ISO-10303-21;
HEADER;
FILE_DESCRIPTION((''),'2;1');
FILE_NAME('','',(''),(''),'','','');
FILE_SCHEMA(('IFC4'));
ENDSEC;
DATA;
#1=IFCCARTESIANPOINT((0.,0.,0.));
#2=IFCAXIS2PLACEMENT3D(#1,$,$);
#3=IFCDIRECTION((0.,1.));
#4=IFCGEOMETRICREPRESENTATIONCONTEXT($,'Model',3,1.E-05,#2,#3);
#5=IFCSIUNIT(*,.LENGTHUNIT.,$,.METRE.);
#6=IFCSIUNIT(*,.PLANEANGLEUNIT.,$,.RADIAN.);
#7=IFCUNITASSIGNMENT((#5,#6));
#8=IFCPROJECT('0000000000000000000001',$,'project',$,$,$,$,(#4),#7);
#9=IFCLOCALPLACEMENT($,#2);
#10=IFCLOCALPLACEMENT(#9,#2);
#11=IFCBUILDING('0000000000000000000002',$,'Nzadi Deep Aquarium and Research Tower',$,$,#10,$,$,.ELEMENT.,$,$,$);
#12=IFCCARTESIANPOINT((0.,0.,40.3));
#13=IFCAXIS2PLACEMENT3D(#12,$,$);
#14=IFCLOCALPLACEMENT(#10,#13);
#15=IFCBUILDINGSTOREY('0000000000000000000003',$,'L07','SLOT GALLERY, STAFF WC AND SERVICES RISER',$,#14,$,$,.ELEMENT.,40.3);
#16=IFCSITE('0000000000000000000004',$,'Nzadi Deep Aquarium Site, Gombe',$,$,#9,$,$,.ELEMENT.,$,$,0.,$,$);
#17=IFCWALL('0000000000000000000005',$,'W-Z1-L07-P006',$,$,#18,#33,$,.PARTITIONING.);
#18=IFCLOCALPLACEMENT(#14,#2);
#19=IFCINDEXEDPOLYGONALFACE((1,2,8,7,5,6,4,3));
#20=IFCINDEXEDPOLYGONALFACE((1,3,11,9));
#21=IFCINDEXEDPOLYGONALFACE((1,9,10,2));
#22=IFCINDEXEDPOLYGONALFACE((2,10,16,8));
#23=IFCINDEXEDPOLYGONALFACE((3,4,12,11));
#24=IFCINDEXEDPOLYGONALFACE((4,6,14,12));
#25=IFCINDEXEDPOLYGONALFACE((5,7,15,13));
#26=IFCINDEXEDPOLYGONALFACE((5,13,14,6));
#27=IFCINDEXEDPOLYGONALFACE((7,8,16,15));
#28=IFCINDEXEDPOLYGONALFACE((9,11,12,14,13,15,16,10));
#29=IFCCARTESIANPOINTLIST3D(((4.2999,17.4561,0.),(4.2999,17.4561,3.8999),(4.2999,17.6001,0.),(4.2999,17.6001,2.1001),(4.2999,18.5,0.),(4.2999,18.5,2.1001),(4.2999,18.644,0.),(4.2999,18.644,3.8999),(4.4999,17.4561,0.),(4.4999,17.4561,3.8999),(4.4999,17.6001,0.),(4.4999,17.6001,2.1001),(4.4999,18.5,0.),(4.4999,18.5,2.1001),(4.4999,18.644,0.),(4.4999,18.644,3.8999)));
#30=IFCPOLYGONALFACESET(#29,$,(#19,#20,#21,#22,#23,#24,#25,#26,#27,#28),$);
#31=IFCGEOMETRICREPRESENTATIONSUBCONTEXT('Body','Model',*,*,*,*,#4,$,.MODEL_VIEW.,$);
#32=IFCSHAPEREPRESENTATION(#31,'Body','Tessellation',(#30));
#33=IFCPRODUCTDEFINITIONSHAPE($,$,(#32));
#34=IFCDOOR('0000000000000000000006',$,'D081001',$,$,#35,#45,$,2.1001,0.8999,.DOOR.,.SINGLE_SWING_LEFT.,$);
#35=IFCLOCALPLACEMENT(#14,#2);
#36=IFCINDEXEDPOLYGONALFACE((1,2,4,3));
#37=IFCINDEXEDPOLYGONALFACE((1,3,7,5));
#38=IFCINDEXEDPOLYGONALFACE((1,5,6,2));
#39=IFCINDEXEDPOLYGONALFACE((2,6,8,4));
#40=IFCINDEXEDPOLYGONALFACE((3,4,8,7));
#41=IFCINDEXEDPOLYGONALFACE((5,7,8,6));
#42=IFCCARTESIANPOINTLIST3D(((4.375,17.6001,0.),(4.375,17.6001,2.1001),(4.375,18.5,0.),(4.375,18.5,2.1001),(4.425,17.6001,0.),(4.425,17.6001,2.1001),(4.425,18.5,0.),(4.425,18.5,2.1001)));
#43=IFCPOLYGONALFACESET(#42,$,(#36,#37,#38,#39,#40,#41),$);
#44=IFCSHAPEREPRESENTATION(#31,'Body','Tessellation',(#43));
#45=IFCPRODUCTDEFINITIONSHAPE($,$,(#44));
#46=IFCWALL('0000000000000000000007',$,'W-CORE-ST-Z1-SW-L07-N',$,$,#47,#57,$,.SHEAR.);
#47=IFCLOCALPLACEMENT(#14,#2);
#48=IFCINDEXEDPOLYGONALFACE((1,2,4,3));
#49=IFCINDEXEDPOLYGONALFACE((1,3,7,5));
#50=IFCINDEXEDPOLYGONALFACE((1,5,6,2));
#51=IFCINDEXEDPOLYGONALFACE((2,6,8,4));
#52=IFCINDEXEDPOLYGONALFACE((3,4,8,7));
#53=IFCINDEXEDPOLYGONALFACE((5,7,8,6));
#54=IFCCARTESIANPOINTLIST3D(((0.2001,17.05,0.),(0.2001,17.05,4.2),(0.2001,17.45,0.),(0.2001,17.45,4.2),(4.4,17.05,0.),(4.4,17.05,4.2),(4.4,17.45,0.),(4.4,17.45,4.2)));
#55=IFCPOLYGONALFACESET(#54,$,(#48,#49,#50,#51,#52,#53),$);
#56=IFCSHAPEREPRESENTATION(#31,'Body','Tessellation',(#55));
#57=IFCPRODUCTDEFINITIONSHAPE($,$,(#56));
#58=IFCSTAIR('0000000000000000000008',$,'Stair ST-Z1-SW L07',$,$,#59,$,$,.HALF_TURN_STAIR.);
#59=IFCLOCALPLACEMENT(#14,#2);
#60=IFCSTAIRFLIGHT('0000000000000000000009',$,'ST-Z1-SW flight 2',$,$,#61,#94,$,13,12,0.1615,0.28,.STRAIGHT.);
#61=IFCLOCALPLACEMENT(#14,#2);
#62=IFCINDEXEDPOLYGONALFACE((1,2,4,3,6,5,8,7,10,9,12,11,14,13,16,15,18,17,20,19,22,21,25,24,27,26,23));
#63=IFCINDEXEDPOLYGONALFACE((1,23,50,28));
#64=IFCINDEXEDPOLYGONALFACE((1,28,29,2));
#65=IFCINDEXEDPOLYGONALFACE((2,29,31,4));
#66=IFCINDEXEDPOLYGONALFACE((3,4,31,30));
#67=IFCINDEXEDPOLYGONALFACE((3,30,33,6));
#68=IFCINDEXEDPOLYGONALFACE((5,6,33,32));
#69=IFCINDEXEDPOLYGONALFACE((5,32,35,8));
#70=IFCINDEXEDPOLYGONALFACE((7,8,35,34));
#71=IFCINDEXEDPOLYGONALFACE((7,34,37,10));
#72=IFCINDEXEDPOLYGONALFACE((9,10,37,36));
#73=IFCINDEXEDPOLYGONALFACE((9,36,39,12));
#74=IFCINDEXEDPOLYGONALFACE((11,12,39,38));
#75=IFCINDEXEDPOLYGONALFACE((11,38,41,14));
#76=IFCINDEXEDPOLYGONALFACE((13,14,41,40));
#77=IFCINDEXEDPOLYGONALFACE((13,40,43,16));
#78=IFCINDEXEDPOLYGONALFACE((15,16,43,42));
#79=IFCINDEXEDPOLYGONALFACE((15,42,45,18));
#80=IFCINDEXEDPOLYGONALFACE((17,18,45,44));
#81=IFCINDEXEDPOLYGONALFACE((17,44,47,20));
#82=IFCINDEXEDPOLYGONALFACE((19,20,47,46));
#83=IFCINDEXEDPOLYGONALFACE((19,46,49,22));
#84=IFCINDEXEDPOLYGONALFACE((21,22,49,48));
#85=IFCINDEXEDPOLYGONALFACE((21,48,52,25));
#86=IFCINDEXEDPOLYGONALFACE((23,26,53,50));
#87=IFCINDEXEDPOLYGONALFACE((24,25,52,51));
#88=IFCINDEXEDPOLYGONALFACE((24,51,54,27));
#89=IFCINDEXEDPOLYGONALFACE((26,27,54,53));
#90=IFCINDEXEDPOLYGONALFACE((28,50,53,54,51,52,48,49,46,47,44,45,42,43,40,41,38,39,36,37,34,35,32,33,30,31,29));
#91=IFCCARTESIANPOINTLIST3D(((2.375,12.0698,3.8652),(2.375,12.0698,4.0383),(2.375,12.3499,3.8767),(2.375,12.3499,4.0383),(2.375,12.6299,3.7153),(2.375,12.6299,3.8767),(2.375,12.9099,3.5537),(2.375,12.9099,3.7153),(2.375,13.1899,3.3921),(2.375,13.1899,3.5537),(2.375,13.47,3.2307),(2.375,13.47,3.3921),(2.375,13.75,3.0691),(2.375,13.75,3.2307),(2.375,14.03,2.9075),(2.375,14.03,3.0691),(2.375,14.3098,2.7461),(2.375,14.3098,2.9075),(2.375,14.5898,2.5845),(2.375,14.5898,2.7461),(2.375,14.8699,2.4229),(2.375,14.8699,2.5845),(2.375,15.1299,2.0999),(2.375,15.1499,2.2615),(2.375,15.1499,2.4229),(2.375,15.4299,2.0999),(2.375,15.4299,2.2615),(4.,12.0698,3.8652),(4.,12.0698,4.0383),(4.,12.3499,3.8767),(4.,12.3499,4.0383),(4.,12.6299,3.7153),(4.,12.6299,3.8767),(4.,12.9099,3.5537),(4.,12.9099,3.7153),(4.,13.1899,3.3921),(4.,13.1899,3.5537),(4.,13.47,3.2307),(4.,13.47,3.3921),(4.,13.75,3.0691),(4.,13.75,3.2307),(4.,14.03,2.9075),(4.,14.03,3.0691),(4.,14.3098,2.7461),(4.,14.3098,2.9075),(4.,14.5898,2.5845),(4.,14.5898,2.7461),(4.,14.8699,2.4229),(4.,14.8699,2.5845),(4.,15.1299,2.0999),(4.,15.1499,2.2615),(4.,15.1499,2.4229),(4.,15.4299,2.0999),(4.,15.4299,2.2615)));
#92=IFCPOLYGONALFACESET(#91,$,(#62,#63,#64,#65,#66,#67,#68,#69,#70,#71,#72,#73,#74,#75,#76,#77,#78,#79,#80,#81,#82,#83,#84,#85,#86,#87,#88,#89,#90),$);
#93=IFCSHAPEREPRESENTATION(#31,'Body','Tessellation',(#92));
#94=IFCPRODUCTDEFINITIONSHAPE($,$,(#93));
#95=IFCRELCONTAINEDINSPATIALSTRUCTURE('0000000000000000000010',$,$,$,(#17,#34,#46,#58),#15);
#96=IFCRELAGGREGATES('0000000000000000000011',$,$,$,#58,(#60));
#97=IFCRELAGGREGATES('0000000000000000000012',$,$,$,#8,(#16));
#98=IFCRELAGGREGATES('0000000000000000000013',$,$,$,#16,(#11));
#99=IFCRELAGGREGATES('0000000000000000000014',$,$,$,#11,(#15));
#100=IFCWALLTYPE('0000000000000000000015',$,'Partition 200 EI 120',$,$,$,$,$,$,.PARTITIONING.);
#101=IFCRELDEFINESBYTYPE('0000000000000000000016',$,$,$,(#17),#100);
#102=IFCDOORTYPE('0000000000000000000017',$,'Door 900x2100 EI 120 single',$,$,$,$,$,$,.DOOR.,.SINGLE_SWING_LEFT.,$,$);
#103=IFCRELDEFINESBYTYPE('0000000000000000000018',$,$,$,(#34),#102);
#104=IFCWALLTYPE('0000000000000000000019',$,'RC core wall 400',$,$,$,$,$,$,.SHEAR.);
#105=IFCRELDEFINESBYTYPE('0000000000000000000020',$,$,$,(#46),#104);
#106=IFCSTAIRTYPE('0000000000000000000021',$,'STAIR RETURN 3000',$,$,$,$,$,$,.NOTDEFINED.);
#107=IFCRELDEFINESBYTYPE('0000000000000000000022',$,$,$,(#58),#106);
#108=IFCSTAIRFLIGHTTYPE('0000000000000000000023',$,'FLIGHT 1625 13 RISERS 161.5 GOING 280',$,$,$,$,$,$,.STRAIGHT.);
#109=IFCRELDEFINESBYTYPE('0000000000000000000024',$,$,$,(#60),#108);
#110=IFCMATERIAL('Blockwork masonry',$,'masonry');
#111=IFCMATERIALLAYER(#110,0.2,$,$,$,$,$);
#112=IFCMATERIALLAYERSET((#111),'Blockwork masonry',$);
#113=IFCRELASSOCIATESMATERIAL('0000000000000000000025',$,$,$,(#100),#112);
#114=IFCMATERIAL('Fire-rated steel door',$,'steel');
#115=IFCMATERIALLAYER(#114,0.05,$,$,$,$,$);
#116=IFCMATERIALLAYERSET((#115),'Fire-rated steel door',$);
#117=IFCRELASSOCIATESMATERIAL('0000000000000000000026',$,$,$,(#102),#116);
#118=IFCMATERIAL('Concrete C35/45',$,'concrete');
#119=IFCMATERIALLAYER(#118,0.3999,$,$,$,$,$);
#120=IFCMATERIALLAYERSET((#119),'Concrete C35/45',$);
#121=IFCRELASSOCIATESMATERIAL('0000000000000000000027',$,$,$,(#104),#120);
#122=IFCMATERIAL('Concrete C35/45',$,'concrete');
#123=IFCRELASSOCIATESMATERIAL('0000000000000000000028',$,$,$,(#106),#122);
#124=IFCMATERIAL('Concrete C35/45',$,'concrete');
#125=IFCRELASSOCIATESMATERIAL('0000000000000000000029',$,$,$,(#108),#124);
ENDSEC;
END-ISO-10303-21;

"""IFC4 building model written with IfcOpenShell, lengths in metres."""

from ifc_helpers import new_model, si_unit, direction, frame, frame_2d, origin, place, context, subcontext, project, spatial, polyline, rectangle, outline, extrude, material, layer, layer_set, type_object, element, fill, aggregate, save


model = new_model("IFC4")

# Units and contexts
model_context = context("Model", 3, precision=1e-05, world=origin(), true_north=direction((0.0, 1.0)))
body_context = subcontext(model_context, "Body", "Model", "MODEL_VIEW")
ifc_project = project(units=[si_unit("LENGTHUNIT", "METRE"), si_unit("PLANEANGLEUNIT", "RADIAN")], contexts=[model_context])

# Site, building, storey
site_placement = place(None, origin())
site = spatial("IfcSite", under=ifc_project, at=site_placement, Name="Nzadi Deep Aquarium Site, Gombe", CompositionType="ELEMENT", RefElevation=0.0)
building_placement = place(site_placement, origin())
building = spatial("IfcBuilding", under=site, at=building_placement, Name="Nzadi Deep Aquarium and Research Tower", CompositionType="ELEMENT")
storey_placement = place(building_placement, frame((0.0, 0.0, 40.3)))
storey = spatial("IfcBuildingStorey", under=building, at=storey_placement, Name="L07", Description="SLOT GALLERY, STAFF WC AND SERVICES RISER", CompositionType="ELEMENT", Elevation=40.3)

# Wall, opening, door
ifc_material_1 = material(Name="Blockwork masonry", Category="masonry")
ifc_layer_1 = layer(ifc_material_1, 0.2)
ifc_layer_set_1 = layer_set([ifc_layer_1], Name="Blockwork masonry")
wall_type_1 = type_object("IfcWallType", Name="Partition 200 EI 120", PredefinedType="PARTITIONING", material=ifc_layer_set_1)
wall_1_placement = place(storey_placement, frame((4.3999, 17.4561, 0.0), z_axis=(0.0, 0.0, 1.0), x_axis=(0.0, 1.0, 0.0)))
wall_1 = element("IfcWall", 1, at=wall_1_placement, inside=storey, type_object=wall_type_1, Name="W-Z1-L07-P006", PredefinedType="PARTITIONING", context=body_context, shape_type="SweptSolid", body=[
    extrude(rectangle(XDim=1.188, YDim=0.2, at=frame_2d((0.594, 0.0))), origin(), (0.0, 0.0, 1.0), 3.8999),
])
opening_placement = place(wall_1_placement, frame((0.144, 0.0, 0.0)))
opening = element("IfcOpeningElement", 2, at=opening_placement, cuts=wall_1, PredefinedType="OPENING", context=body_context, shape_type="SweptSolid", body=[
    extrude(rectangle(XDim=0.8999, YDim=2.1001, at=frame_2d((0.45, 1.05))), frame((0.0, 0.1101, 0.0), z_axis=(0.0, -1.0, 0.0), x_axis=(1.0, 0.0, 0.0)), (0.0, 0.0, 1.0), 0.2202),
])
ifc_material_2 = material(Name="Fire-rated steel door", Category="steel")
ifc_layer_2 = layer(ifc_material_2, 0.05)
ifc_layer_set_2 = layer_set([ifc_layer_2], Name="Fire-rated steel door")
door_type = type_object("IfcDoorType", Name="Door 900x2100 EI 120 single", OperationType="SINGLE_SWING_LEFT", PredefinedType="DOOR", material=ifc_layer_set_2)
door_placement = place(opening_placement, origin())
door = element("IfcDoor", 3, at=door_placement, inside=storey, type_object=door_type, Name="D081001", OperationType="SINGLE_SWING_LEFT", OverallHeight=2.1001, OverallWidth=0.8999, PredefinedType="DOOR", context=body_context, shape_type="SweptSolid", body=[
    extrude(rectangle(XDim=0.8999, YDim=2.1001, at=frame_2d((0.45, 1.05))), frame((0.0, 0.0249, 0.0), z_axis=(0.0, -1.0, 0.0), x_axis=(1.0, 0.0, 0.0)), (0.0, 0.0, 1.0), 0.05),
])
fill(opening, door)

# Wall
ifc_material_3 = material(Name="Concrete C35/45", Category="concrete")
ifc_layer_3 = layer(ifc_material_3, 0.3999)
ifc_layer_set_3 = layer_set([ifc_layer_3], Name="Concrete C35/45")
wall_type_2 = type_object("IfcWallType", Name="RC core wall 400", PredefinedType="SHEAR", material=ifc_layer_set_3)
wall_2_placement = place(storey_placement, frame((0.2, 17.25, 0.0), z_axis=(0.0, 0.0, 1.0), x_axis=(1.0, 0.0, 0.0)))
element("IfcWall", 4, at=wall_2_placement, inside=storey, type_object=wall_type_2, Name="W-CORE-ST-Z1-SW-L07-N", PredefinedType="SHEAR", context=body_context, shape_type="SweptSolid", body=[
    extrude(rectangle(XDim=4.2, YDim=0.3999, at=frame_2d((2.1001, 0.0))), origin(), (0.0, 0.0, 1.0), 4.2),
])

# Stair, stair flight
ifc_material_4 = material(Name="Concrete C35/45", Category="concrete")
stair_type = type_object("IfcStairType", Name="STAIR RETURN 3000", PredefinedType="NOTDEFINED", material=ifc_material_4)
stair_placement = place(storey_placement, origin())
stair = element("IfcStair", 5, at=stair_placement, inside=storey, type_object=stair_type, Name="Stair ST-Z1-SW L07", PredefinedType="HALF_TURN_STAIR")
ifc_material_5 = material(Name="Concrete C35/45", Category="concrete")
stair_flight_type = type_object("IfcStairFlightType", Name="FLIGHT 1625 13 RISERS 161.5 GOING 280", PredefinedType="STRAIGHT", material=ifc_material_5)
stair_flight_placement = place(storey_placement, frame((3.1875, 15.4299, 2.0999), z_axis=(0.0, 0.0, 1.0), x_axis=(0.0, -1.0, 0.0)))
stair_flight = element("IfcStairFlight", 6, at=stair_flight_placement, type_object=stair_flight_type, Name="ST-Z1-SW flight 2", NumberOfRisers=13, NumberOfTreads=12, PredefinedType="STRAIGHT", RiserHeight=0.1615, TreadLength=0.28, context=body_context, shape_type="SweptSolid", body=[
    extrude(outline(polyline([(0.0, 0.0), (0.0, 0.1616), (0.28, 0.1616), (0.28, 0.323), (0.5601, 0.323), (0.5601, 0.4846), (0.8401, 0.4846), (0.8401, 0.6462), (1.1201, 0.6462), (1.1201, 0.8076), (1.3999, 0.8076), (1.3999, 0.9692), (1.6799, 0.9692), (1.6799, 1.1309), (1.96, 1.1309), (1.96, 1.2922), (2.24, 1.2922), (2.24, 1.4539), (2.52, 1.4539), (2.52, 1.6155), (2.8, 1.6155), (2.8, 1.7769), (3.0801, 1.7769), (3.0801, 1.9385), (3.3601, 1.9385), (3.3601, 2.1001), (3.3601, 1.7654), (0.3, 0.0), (0.0, 0.0)])), frame((0.0, 0.8125, 0.0), z_axis=(0.0, -1.0, 0.0), x_axis=(1.0, 0.0, 0.0)), (0.0, 0.0, 1.0), 1.625),
])
aggregate(stair, [stair_flight])

save(model, "model.ifc")
